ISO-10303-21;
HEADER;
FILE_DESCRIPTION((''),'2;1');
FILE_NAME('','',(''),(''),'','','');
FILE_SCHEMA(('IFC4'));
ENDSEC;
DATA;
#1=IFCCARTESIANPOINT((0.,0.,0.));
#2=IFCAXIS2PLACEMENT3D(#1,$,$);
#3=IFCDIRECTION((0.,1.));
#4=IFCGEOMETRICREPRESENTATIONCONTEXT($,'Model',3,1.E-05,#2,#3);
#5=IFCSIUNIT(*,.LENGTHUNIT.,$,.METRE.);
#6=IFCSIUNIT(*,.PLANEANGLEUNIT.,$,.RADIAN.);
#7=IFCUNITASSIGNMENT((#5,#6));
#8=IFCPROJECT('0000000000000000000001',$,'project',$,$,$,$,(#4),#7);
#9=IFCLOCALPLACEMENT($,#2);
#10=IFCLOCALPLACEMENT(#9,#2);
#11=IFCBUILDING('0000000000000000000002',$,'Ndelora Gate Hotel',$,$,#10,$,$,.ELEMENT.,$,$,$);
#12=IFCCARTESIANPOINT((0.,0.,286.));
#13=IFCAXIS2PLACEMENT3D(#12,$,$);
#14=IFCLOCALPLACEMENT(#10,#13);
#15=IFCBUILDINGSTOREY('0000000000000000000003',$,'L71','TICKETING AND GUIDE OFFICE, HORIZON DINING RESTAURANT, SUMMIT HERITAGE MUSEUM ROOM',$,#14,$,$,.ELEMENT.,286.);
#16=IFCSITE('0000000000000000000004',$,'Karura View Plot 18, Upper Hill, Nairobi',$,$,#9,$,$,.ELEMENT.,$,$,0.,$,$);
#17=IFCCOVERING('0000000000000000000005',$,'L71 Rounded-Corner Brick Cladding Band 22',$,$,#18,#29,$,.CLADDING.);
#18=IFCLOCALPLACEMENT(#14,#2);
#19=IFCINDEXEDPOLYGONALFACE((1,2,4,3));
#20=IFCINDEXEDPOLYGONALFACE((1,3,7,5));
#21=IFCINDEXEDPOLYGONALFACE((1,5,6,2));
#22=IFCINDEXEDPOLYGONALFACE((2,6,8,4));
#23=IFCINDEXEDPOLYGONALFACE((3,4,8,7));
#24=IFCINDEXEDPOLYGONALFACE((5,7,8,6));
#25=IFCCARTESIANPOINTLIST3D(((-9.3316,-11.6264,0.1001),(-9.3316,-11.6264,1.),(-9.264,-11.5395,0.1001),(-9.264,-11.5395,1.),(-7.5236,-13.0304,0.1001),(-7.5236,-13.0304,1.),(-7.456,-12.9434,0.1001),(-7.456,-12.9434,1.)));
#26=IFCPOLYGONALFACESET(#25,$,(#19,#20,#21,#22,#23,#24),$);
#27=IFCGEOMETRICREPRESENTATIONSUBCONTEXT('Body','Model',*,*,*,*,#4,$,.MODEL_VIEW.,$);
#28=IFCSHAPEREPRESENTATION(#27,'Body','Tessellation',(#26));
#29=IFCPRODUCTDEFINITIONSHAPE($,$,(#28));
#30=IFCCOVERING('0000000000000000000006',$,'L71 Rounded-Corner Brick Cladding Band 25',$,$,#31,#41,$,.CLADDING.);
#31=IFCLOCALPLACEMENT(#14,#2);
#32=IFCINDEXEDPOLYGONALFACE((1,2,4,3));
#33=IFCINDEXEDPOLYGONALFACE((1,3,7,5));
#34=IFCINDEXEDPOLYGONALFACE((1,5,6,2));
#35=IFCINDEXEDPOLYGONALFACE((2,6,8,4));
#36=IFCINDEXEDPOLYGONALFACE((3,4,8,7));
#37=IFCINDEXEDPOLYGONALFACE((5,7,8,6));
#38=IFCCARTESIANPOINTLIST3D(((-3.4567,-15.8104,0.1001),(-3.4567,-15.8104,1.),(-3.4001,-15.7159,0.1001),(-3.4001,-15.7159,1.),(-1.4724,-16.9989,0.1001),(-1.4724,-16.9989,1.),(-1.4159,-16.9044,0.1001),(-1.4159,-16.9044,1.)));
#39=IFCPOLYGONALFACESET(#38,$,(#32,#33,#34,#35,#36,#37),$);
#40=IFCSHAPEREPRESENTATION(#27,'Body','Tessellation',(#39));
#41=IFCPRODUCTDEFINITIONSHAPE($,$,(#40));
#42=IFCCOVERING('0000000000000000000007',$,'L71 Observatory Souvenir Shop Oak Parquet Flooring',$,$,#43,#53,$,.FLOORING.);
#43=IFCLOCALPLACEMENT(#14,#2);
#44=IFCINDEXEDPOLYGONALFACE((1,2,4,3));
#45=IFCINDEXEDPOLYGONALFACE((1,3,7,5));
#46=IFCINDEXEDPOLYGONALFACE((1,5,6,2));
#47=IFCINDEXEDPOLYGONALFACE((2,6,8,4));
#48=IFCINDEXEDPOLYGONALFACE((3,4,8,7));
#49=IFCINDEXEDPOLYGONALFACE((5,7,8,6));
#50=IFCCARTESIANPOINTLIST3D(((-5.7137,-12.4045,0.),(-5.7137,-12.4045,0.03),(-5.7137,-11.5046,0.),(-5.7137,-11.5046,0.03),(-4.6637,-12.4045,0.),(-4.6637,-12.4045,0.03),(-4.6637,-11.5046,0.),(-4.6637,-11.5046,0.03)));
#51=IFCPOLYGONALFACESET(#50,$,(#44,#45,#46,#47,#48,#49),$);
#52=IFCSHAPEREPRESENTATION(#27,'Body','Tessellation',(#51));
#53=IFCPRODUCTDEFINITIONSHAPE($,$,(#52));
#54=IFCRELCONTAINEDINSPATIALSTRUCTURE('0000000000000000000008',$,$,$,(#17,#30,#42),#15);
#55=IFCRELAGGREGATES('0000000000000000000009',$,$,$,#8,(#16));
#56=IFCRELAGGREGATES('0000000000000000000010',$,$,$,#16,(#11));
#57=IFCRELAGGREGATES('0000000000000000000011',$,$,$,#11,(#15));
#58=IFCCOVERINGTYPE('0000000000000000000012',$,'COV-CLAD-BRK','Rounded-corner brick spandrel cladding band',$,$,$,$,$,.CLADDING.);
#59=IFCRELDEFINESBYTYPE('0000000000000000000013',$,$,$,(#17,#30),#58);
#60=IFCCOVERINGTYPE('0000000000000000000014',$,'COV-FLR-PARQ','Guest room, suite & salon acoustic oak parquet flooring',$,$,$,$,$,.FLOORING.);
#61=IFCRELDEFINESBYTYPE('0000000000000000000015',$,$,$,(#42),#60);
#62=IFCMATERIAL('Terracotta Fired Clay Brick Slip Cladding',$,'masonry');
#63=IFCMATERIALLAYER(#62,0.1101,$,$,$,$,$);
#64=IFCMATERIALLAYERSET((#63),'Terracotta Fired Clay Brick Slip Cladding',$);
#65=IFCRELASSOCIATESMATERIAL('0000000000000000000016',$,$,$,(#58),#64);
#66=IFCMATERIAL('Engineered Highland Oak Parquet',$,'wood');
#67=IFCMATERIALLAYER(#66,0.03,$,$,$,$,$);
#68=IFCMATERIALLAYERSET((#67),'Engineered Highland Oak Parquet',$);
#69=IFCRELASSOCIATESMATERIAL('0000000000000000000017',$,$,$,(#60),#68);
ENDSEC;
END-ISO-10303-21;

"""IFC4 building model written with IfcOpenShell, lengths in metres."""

from ifc_helpers import new_model, si_unit, direction, frame, origin, origin_2d, place, context, subcontext, project, spatial, rectangle, extrude, material, layer, layer_set, type_object, element, save


model = new_model("IFC4")

# Units and contexts
model_context = context("Model", 3, precision=1e-05, world=origin(), true_north=direction((0.0, 1.0)))
body_context = subcontext(model_context, "Body", "Model", "MODEL_VIEW")
ifc_project = project(units=[si_unit("LENGTHUNIT", "METRE"), si_unit("PLANEANGLEUNIT", "RADIAN")], contexts=[model_context])

# Site, building, storey
site_placement = place(None, origin())
site = spatial("IfcSite", under=ifc_project, at=site_placement, Name="Karura View Plot 18, Upper Hill, Nairobi", CompositionType="ELEMENT", RefElevation=0.0)
building_placement = place(site_placement, origin())
building = spatial("IfcBuilding", under=site, at=building_placement, Name="Ndelora Gate Hotel", CompositionType="ELEMENT")
storey_placement = place(building_placement, frame((0.0, 0.0, 286.0)))
storey = spatial("IfcBuildingStorey", under=building, at=storey_placement, Name="L71", Description="TICKETING AND GUIDE OFFICE, HORIZON DINING RESTAURANT, SUMMIT HERITAGE MUSEUM ROOM", CompositionType="ELEMENT", Elevation=286.0)

# Coverings
ifc_material_1 = material(Name="Terracotta Fired Clay Brick Slip Cladding", Category="masonry")
ifc_layer_1 = layer(ifc_material_1, 0.1101)
ifc_layer_set_1 = layer_set([ifc_layer_1], Name="Terracotta Fired Clay Brick Slip Cladding")
covering_type_1 = type_object("IfcCoveringType", Name="COV-CLAD-BRK", Description="Rounded-corner brick spandrel cladding band", PredefinedType="CLADDING", material=ifc_layer_set_1)
covering_1_placement = place(storey_placement, frame((-8.3938, -12.2849, 0.1001), z_axis=(0.0, 0.0, 1.0), x_axis=(-0.789834, 0.613321, 0.0)))
element("IfcCovering", 1, at=covering_1_placement, inside=storey, type_object=covering_type_1, Name="L71 Rounded-Corner Brick Cladding Band 22", PredefinedType="CLADDING", context=body_context, shape_type="SweptSolid", body=[
    extrude(rectangle(XDim=2.2891, YDim=0.1101, at=origin_2d()), origin(), (0.0, 0.0, 1.0), 0.8999),
])
covering_2_placement = place(storey_placement, frame((-2.4363, -16.3574, 0.1001), z_axis=(0.0, 0.0, 1.0), x_axis=(-0.857886, 0.513841, 0.0)))
element("IfcCovering", 2, at=covering_2_placement, inside=storey, type_object=covering_type_1, Name="L71 Rounded-Corner Brick Cladding Band 25", PredefinedType="CLADDING", context=body_context, shape_type="SweptSolid", body=[
    extrude(rectangle(XDim=2.313, YDim=0.1101, at=origin_2d()), origin(), (0.0, 0.0, 1.0), 0.8999),
])
ifc_material_2 = material(Name="Engineered Highland Oak Parquet", Category="wood")
ifc_layer_2 = layer(ifc_material_2, 0.03)
ifc_layer_set_2 = layer_set([ifc_layer_2], Name="Engineered Highland Oak Parquet")
covering_type_2 = type_object("IfcCoveringType", Name="COV-FLR-PARQ", Description="Guest room, suite & salon acoustic oak parquet flooring", PredefinedType="FLOORING", material=ifc_layer_set_2)
covering_3_placement = place(storey_placement, frame((-5.1887, -11.9546, 0.0), z_axis=(0.0, 0.0, 1.0), x_axis=(1.0, 0.0, 0.0)))
element("IfcCovering", 3, at=covering_3_placement, inside=storey, type_object=covering_type_2, Name="L71 Observatory Souvenir Shop Oak Parquet Flooring", PredefinedType="FLOORING", context=body_context, shape_type="SweptSolid", body=[
    extrude(rectangle(XDim=1.05, YDim=0.8999, at=origin_2d()), origin(), (0.0, 0.0, 1.0), 0.03),
])

save(model, "model.ifc")
